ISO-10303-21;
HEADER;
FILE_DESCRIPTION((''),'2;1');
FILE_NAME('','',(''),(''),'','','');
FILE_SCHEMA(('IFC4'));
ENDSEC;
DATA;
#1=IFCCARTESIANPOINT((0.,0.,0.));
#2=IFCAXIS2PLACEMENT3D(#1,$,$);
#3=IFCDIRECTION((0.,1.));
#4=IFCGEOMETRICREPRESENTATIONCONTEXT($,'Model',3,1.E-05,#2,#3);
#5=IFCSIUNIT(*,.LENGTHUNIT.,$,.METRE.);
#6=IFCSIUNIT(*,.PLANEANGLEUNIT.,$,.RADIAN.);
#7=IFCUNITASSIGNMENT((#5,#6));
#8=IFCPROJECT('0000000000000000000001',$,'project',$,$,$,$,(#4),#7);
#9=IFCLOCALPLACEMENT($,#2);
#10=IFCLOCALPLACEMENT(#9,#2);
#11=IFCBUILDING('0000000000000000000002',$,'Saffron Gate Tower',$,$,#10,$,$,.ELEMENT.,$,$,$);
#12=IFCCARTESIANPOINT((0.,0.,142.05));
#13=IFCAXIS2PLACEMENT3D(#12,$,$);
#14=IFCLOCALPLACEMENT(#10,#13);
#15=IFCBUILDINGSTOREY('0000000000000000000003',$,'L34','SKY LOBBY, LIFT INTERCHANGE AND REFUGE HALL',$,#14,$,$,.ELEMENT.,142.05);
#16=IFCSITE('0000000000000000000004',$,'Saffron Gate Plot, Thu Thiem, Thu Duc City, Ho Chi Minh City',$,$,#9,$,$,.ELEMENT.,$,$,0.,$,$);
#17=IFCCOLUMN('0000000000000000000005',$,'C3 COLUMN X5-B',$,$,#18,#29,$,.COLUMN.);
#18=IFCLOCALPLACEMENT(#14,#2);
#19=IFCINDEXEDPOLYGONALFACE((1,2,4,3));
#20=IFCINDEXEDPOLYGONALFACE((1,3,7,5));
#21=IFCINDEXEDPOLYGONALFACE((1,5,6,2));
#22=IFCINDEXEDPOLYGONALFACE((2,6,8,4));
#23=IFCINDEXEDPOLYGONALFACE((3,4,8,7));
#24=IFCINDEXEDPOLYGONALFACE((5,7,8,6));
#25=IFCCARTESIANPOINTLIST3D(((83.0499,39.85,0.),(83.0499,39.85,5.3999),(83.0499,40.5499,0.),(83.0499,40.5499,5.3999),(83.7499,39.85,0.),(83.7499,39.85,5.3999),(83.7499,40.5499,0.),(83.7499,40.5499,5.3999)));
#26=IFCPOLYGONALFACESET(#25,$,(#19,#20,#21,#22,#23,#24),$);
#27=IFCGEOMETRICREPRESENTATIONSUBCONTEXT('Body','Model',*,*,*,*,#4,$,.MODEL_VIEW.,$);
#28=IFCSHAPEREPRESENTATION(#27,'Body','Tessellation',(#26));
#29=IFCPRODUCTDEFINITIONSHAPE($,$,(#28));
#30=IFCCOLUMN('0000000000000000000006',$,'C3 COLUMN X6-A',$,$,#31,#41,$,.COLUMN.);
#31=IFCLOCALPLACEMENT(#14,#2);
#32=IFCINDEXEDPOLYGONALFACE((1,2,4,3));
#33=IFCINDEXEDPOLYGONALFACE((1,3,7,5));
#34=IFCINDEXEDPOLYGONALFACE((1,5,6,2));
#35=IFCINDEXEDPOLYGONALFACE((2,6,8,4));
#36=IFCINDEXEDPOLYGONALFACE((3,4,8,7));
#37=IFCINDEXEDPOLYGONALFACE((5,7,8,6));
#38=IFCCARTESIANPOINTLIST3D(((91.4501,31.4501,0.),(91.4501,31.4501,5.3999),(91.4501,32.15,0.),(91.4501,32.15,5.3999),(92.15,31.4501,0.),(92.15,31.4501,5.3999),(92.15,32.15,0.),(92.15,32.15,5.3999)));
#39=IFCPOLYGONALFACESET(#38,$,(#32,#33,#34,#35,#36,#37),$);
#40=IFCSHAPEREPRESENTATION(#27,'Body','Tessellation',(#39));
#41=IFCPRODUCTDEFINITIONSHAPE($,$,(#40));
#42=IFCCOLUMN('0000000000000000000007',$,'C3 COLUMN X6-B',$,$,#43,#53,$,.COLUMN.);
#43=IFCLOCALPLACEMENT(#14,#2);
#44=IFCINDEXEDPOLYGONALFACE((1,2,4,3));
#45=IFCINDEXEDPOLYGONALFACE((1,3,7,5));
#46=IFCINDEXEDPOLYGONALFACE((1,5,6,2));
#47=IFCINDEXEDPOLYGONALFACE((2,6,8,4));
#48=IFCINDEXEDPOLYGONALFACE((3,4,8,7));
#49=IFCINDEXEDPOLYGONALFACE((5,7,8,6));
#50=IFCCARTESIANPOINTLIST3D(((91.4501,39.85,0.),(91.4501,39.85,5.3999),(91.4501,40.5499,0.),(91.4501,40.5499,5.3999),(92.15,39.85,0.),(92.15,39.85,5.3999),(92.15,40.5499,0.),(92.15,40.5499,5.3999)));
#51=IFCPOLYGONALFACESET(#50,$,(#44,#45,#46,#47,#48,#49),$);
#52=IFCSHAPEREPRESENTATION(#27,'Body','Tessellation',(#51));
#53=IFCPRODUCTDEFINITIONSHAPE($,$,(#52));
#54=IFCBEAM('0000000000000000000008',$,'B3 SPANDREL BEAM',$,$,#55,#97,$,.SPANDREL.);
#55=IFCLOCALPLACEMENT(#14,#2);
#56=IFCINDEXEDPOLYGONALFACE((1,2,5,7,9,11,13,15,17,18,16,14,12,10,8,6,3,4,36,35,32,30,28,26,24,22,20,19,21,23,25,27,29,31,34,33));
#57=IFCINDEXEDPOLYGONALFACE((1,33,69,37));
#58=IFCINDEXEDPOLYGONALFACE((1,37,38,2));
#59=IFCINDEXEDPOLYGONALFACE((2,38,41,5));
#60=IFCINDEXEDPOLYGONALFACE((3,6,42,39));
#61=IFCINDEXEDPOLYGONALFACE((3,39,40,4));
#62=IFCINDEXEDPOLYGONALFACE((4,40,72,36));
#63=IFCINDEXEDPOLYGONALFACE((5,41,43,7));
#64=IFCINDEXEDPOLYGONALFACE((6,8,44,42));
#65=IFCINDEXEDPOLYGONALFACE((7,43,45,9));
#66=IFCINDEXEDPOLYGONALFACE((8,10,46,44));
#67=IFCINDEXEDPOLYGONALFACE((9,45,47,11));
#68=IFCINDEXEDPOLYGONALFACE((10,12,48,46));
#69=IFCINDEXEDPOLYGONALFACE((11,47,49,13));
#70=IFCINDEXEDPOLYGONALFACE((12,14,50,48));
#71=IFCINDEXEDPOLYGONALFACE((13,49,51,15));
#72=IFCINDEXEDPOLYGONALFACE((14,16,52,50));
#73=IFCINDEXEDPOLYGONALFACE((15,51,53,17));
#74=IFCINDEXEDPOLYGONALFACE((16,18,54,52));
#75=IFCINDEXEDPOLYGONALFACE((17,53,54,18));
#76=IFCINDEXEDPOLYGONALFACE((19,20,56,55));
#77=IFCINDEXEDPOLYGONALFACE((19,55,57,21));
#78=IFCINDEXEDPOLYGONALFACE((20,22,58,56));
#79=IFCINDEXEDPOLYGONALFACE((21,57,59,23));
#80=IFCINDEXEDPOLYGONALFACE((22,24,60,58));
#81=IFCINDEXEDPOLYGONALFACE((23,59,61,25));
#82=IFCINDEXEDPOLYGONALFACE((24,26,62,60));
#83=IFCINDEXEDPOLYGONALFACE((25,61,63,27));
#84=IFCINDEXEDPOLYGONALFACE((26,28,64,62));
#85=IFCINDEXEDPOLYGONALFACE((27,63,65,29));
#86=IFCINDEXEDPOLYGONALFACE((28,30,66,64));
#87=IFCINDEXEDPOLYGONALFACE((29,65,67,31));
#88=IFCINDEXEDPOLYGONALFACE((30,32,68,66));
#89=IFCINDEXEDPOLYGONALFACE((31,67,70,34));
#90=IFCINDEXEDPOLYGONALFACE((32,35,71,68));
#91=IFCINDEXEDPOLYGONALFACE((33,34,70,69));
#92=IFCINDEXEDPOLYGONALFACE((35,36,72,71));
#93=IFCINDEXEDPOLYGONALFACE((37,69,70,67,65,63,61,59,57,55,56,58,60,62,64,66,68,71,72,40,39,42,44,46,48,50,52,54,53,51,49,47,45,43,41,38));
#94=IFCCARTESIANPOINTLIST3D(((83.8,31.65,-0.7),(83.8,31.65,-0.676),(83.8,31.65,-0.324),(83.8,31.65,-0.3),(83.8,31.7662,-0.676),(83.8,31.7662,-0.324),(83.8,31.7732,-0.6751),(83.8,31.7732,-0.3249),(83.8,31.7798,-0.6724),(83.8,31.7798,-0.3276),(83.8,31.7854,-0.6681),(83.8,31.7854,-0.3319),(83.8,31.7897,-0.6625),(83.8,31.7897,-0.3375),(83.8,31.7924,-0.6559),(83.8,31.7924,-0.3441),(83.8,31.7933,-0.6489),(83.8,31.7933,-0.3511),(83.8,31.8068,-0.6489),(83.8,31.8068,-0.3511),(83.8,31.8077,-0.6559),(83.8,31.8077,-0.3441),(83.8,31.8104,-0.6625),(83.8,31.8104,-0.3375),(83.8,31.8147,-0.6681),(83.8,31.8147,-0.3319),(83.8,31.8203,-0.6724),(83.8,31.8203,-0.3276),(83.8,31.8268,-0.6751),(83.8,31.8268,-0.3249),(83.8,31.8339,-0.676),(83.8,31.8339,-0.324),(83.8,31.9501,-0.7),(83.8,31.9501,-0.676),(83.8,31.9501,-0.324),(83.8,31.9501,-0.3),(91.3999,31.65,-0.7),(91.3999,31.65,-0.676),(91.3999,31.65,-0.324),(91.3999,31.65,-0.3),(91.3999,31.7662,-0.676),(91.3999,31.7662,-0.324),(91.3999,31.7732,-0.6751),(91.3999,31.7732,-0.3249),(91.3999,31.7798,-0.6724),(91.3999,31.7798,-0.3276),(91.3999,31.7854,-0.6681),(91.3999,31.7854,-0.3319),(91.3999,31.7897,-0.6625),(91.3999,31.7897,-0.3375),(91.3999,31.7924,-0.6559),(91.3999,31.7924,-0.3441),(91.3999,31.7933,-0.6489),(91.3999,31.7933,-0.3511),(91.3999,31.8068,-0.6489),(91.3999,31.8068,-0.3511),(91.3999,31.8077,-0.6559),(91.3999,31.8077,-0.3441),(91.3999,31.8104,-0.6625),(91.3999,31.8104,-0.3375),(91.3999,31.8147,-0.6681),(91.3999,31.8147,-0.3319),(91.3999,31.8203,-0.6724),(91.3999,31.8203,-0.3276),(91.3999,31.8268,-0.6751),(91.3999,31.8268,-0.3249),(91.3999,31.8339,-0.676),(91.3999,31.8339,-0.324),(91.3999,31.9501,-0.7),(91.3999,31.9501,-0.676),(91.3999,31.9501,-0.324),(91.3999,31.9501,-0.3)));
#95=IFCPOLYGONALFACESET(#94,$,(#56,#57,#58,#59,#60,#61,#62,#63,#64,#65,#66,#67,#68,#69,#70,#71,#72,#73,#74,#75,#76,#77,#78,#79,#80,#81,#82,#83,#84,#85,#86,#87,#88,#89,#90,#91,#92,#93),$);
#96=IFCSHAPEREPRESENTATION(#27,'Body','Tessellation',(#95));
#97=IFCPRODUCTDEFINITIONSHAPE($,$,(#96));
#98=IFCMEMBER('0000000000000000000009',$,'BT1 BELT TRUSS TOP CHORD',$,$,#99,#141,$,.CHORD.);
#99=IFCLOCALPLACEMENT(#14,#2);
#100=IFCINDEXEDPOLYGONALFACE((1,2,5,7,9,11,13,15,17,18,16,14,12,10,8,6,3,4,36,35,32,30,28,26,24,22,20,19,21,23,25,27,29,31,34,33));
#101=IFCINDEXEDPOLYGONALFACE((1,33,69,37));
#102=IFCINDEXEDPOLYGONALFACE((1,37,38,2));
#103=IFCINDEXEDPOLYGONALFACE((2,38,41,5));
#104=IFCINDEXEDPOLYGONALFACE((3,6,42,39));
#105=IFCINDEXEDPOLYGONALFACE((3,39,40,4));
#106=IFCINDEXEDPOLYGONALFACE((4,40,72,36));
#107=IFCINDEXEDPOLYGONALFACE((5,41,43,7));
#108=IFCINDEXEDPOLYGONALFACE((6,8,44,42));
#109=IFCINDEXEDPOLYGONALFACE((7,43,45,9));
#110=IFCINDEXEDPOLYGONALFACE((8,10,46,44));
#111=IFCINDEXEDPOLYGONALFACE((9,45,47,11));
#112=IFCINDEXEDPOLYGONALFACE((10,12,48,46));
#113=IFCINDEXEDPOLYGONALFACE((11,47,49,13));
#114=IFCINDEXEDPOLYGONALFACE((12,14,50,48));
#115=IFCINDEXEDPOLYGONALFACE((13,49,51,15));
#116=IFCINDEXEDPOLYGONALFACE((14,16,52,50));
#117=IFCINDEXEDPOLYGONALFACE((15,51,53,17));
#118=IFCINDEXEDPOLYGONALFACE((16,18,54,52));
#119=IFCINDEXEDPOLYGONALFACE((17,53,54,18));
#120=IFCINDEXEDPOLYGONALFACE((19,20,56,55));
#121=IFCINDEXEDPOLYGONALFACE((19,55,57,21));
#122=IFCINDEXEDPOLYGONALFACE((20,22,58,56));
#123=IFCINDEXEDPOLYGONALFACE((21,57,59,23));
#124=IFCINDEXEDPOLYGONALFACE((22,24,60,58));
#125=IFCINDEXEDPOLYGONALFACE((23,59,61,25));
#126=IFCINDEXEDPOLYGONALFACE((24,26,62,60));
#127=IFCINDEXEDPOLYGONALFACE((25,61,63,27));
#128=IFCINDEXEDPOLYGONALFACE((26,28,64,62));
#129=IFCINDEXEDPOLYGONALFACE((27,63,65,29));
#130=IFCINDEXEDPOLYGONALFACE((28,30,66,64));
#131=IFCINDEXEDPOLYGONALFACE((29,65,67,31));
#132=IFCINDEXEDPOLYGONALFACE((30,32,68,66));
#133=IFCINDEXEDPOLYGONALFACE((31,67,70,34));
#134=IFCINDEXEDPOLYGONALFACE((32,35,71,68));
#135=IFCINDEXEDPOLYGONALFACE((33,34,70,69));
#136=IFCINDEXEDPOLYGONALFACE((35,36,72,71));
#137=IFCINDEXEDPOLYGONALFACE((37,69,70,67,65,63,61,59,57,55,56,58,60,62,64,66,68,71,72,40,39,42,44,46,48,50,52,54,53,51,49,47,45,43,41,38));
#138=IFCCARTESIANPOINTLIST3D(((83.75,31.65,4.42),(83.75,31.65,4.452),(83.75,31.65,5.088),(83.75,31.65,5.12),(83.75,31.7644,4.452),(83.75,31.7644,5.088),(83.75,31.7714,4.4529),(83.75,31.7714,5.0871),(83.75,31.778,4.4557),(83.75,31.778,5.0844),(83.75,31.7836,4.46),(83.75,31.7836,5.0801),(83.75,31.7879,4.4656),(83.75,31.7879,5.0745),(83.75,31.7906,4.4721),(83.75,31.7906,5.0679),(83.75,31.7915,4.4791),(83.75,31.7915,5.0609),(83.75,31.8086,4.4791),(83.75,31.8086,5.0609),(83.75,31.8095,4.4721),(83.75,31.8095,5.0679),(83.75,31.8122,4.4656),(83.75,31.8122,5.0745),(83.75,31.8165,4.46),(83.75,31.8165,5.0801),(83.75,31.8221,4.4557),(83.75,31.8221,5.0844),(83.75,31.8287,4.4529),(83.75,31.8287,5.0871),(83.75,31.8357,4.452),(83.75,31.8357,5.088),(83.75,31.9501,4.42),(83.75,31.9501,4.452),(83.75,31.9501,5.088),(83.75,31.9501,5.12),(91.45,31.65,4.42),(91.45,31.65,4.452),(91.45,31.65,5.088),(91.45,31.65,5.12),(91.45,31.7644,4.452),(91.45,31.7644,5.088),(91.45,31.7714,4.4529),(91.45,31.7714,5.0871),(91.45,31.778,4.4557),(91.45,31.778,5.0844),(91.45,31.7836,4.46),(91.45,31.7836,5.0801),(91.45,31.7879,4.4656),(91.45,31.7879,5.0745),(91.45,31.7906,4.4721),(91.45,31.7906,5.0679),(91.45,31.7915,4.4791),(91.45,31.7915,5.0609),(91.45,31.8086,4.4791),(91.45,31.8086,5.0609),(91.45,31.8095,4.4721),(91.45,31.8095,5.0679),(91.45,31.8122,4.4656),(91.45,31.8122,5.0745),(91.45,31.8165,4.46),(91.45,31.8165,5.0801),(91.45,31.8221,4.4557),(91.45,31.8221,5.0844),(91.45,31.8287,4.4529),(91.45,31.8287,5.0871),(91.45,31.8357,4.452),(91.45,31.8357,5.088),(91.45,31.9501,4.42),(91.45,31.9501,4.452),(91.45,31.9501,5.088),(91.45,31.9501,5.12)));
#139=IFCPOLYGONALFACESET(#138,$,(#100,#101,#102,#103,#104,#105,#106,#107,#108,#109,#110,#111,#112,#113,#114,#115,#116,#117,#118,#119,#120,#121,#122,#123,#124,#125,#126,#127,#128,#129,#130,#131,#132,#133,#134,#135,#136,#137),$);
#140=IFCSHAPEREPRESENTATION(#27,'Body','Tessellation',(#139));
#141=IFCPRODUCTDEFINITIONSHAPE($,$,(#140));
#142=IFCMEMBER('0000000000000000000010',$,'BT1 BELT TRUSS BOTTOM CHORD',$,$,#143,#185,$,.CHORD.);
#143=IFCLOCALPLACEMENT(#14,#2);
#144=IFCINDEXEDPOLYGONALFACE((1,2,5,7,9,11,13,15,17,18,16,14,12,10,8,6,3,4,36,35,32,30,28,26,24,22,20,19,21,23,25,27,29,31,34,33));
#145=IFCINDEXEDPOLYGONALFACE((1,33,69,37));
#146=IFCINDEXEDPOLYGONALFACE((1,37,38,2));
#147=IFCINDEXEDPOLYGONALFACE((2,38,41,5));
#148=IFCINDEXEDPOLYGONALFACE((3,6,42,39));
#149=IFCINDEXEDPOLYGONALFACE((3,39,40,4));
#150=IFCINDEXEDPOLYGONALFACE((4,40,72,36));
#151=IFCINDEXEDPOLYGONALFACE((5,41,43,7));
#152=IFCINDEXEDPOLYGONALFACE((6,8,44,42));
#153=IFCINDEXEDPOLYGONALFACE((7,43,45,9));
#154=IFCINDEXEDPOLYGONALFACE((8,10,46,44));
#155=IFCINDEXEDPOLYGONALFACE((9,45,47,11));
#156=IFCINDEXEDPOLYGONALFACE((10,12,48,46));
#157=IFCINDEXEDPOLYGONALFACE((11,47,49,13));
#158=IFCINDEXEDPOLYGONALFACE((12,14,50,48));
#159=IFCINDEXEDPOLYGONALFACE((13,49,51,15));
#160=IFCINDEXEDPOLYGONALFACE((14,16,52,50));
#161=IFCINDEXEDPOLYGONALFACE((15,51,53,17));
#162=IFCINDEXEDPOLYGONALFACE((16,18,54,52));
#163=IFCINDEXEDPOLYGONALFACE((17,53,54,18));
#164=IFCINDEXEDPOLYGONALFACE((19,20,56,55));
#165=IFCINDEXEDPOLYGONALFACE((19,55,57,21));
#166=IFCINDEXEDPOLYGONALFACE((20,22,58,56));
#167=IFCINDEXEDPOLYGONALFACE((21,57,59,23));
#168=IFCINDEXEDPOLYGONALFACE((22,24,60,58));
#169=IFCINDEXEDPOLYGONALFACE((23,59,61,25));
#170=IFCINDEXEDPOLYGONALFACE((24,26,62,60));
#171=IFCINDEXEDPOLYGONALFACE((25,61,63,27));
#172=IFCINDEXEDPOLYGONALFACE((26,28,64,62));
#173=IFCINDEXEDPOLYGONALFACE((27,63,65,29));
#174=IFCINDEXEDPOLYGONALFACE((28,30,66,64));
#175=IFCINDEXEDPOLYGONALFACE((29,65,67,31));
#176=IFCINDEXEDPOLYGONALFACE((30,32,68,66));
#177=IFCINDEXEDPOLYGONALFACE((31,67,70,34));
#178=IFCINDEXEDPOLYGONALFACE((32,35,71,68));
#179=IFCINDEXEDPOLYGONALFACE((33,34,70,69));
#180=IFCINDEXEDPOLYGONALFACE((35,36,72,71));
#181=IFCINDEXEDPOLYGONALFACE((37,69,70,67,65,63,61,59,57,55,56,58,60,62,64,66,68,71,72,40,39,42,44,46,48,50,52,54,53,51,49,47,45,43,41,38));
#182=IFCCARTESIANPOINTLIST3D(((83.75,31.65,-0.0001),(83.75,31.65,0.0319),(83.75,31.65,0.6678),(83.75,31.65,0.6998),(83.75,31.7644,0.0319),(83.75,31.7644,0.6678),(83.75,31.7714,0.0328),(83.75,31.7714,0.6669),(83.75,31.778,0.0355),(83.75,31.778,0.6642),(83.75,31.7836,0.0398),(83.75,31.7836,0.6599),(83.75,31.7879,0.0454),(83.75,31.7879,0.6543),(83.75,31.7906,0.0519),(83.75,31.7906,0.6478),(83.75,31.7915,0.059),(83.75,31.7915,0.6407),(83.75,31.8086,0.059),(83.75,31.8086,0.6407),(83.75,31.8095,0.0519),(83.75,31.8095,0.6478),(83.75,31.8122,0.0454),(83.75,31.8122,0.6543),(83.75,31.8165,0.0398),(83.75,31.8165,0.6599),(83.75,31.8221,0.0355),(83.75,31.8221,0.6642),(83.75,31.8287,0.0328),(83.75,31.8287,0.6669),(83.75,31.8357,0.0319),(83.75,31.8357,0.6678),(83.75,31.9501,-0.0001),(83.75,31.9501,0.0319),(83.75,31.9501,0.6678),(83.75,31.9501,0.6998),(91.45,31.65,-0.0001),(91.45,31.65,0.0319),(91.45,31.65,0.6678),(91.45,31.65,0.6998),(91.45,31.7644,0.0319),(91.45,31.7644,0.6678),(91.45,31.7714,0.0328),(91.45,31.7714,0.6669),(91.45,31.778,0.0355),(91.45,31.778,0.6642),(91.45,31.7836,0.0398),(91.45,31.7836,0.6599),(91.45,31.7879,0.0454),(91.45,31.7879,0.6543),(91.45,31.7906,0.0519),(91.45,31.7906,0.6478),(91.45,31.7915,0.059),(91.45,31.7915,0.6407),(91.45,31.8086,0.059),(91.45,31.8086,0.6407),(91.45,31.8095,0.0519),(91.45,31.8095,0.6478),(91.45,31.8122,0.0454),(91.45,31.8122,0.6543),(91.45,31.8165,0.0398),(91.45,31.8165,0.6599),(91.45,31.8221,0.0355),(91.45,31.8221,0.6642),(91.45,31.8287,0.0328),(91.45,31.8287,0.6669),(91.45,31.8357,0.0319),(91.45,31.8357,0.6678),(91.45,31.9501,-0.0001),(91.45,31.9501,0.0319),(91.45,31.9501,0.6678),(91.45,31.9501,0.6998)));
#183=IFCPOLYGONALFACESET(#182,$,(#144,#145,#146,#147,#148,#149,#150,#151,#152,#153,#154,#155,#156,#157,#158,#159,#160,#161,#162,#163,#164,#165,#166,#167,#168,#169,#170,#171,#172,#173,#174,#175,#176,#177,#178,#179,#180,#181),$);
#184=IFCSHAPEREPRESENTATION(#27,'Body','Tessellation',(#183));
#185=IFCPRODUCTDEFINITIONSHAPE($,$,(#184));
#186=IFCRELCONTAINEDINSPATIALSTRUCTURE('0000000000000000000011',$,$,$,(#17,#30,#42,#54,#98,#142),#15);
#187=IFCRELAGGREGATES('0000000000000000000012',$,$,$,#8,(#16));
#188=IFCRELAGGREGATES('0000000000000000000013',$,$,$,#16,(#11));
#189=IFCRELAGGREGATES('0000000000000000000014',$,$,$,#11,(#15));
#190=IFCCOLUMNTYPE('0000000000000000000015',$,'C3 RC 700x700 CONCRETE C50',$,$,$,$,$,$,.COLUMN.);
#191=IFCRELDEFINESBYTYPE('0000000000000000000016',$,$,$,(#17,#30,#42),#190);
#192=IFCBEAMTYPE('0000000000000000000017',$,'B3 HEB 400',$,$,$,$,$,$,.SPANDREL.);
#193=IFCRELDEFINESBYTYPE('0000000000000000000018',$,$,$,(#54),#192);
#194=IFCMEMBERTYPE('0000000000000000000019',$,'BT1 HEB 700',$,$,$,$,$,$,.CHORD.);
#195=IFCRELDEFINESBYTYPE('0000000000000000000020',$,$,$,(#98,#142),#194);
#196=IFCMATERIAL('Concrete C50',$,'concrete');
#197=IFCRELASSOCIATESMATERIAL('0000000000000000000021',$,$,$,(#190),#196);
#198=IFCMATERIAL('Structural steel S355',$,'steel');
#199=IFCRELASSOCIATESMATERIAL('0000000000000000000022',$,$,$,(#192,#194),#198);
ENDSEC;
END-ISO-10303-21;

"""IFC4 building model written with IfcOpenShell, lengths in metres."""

from ifc_helpers import new_model, si_unit, direction, frame, origin, origin_2d, place, context, subcontext, project, spatial, rectangle, i_section, extrude, material, material_profile, profile_set, type_object, element, save


model = new_model("IFC4")

# Units and contexts
model_context = context("Model", 3, precision=1e-05, world=origin(), true_north=direction((0.0, 1.0)))
body_context = subcontext(model_context, "Body", "Model", "MODEL_VIEW")
ifc_project = project(units=[si_unit("LENGTHUNIT", "METRE"), si_unit("PLANEANGLEUNIT", "RADIAN")], contexts=[model_context])

# Site, building, storey
site_placement = place(None, origin())
site = spatial("IfcSite", under=ifc_project, at=site_placement, Name="Saffron Gate Plot, Thu Thiem, Thu Duc City, Ho Chi Minh City", CompositionType="ELEMENT", RefElevation=0.0)
building_placement = place(site_placement, origin())
building = spatial("IfcBuilding", under=site, at=building_placement, Name="Saffron Gate Tower", CompositionType="ELEMENT")
storey_placement = place(building_placement, frame((0.0, 0.0, 142.05)))
storey = spatial("IfcBuildingStorey", under=building, at=storey_placement, Name="L34", Description="SKY LOBBY, LIFT INTERCHANGE AND REFUGE HALL", CompositionType="ELEMENT", Elevation=142.05)

# Columns
ifc_material_1 = material(Name="Concrete C50", Category="concrete")
ifc_material_profile_1 = material_profile(ifc_material_1, rectangle(XDim=0.7, YDim=0.7, at=origin_2d()))
ifc_profile_set_1 = profile_set([ifc_material_profile_1], Name="Concrete C50")
column_type = type_object("IfcColumnType", Name="C3 RC 700x700 CONCRETE C50", PredefinedType="COLUMN", material=ifc_profile_set_1)
for number, where, z_axis, x_axis, name in (
    (1, (83.3999, 40.2, 0.0), (0.0, 0.0, 1.0), (1.0, 0.0, 0.0), "C3 COLUMN X5-B"),
    (2, (91.8, 31.8, 0.0), (0.0, 0.0, 1.0), (1.0, 0.0, 0.0), "C3 COLUMN X6-A"),
    (3, (91.8, 40.2, 0.0), (0.0, 0.0, 1.0), (1.0, 0.0, 0.0), "C3 COLUMN X6-B"),
):
    element("IfcColumn", number, at=place(storey_placement, frame(where, z_axis=z_axis, x_axis=x_axis)), inside=storey, type_object=column_type, Name=name, PredefinedType="COLUMN", context=body_context, shape_type="SweptSolid", body=[
        extrude(rectangle(XDim=0.7, YDim=0.7, at=origin_2d()), origin(), (0.0, 0.0, 1.0), 5.3999),
    ])

# Beam
ifc_material_2 = material(Name="Structural steel S355", Category="steel")
ifc_material_profile_2 = material_profile(ifc_material_2, i_section(OverallWidth=0.3, OverallDepth=0.3999, WebThickness=0.0134, FlangeThickness=0.0239, FilletRadius=0.0271, at=origin_2d()))
ifc_profile_set_2 = profile_set([ifc_material_profile_2], Name="Structural steel S355")
beam_type_1 = type_object("IfcBeamType", Name="B3 HEB 400", PredefinedType="SPANDREL", material=ifc_profile_set_2)
beam_placement = place(storey_placement, frame((83.8, 31.8, -0.5), z_axis=(1.0, 0.0, 0.0), x_axis=(0.0, 1.0, 0.0)))
element("IfcBeam", 4, at=beam_placement, inside=storey, type_object=beam_type_1, Name="B3 SPANDREL BEAM", PredefinedType="SPANDREL", context=body_context, shape_type="SweptSolid", body=[
    extrude(i_section(OverallWidth=0.3, OverallDepth=0.3999, WebThickness=0.0134, FlangeThickness=0.0239, FilletRadius=0.0271, at=origin_2d()), origin(), (0.0, 0.0, 1.0), 7.5999),
])

# Members
ifc_material_profile_3 = material_profile(ifc_material_2, i_section(OverallWidth=0.3, OverallDepth=0.7, WebThickness=0.0171, FlangeThickness=0.032, FilletRadius=0.0271, at=origin_2d()))
ifc_profile_set_3 = profile_set([ifc_material_profile_3], Name="Structural steel S355")
member_type_1 = type_object("IfcMemberType", Name="BT1 HEB 700", PredefinedType="CHORD", material=ifc_profile_set_3)
for number, where, z_axis, x_axis, name in (
    (5, (83.75, 31.8, 4.77), (1.0, 0.0, 0.0), (0.0, 1.0, 0.0), "BT1 BELT TRUSS TOP CHORD"),
    (6, (83.75, 31.8, 0.3499), (1.0, 0.0, 0.0), (0.0, 1.0, 0.0), "BT1 BELT TRUSS BOTTOM CHORD"),
):
    element("IfcMember", number, at=place(storey_placement, frame(where, z_axis=z_axis, x_axis=x_axis)), inside=storey, type_object=member_type_1, Name=name, PredefinedType="CHORD", context=body_context, shape_type="SweptSolid", body=[
        extrude(i_section(OverallWidth=0.3, OverallDepth=0.7, WebThickness=0.0171, FlangeThickness=0.032, FilletRadius=0.0271, at=origin_2d()), origin(), (0.0, 0.0, 1.0), 7.7),
    ])

save(model, "model.ifc")
